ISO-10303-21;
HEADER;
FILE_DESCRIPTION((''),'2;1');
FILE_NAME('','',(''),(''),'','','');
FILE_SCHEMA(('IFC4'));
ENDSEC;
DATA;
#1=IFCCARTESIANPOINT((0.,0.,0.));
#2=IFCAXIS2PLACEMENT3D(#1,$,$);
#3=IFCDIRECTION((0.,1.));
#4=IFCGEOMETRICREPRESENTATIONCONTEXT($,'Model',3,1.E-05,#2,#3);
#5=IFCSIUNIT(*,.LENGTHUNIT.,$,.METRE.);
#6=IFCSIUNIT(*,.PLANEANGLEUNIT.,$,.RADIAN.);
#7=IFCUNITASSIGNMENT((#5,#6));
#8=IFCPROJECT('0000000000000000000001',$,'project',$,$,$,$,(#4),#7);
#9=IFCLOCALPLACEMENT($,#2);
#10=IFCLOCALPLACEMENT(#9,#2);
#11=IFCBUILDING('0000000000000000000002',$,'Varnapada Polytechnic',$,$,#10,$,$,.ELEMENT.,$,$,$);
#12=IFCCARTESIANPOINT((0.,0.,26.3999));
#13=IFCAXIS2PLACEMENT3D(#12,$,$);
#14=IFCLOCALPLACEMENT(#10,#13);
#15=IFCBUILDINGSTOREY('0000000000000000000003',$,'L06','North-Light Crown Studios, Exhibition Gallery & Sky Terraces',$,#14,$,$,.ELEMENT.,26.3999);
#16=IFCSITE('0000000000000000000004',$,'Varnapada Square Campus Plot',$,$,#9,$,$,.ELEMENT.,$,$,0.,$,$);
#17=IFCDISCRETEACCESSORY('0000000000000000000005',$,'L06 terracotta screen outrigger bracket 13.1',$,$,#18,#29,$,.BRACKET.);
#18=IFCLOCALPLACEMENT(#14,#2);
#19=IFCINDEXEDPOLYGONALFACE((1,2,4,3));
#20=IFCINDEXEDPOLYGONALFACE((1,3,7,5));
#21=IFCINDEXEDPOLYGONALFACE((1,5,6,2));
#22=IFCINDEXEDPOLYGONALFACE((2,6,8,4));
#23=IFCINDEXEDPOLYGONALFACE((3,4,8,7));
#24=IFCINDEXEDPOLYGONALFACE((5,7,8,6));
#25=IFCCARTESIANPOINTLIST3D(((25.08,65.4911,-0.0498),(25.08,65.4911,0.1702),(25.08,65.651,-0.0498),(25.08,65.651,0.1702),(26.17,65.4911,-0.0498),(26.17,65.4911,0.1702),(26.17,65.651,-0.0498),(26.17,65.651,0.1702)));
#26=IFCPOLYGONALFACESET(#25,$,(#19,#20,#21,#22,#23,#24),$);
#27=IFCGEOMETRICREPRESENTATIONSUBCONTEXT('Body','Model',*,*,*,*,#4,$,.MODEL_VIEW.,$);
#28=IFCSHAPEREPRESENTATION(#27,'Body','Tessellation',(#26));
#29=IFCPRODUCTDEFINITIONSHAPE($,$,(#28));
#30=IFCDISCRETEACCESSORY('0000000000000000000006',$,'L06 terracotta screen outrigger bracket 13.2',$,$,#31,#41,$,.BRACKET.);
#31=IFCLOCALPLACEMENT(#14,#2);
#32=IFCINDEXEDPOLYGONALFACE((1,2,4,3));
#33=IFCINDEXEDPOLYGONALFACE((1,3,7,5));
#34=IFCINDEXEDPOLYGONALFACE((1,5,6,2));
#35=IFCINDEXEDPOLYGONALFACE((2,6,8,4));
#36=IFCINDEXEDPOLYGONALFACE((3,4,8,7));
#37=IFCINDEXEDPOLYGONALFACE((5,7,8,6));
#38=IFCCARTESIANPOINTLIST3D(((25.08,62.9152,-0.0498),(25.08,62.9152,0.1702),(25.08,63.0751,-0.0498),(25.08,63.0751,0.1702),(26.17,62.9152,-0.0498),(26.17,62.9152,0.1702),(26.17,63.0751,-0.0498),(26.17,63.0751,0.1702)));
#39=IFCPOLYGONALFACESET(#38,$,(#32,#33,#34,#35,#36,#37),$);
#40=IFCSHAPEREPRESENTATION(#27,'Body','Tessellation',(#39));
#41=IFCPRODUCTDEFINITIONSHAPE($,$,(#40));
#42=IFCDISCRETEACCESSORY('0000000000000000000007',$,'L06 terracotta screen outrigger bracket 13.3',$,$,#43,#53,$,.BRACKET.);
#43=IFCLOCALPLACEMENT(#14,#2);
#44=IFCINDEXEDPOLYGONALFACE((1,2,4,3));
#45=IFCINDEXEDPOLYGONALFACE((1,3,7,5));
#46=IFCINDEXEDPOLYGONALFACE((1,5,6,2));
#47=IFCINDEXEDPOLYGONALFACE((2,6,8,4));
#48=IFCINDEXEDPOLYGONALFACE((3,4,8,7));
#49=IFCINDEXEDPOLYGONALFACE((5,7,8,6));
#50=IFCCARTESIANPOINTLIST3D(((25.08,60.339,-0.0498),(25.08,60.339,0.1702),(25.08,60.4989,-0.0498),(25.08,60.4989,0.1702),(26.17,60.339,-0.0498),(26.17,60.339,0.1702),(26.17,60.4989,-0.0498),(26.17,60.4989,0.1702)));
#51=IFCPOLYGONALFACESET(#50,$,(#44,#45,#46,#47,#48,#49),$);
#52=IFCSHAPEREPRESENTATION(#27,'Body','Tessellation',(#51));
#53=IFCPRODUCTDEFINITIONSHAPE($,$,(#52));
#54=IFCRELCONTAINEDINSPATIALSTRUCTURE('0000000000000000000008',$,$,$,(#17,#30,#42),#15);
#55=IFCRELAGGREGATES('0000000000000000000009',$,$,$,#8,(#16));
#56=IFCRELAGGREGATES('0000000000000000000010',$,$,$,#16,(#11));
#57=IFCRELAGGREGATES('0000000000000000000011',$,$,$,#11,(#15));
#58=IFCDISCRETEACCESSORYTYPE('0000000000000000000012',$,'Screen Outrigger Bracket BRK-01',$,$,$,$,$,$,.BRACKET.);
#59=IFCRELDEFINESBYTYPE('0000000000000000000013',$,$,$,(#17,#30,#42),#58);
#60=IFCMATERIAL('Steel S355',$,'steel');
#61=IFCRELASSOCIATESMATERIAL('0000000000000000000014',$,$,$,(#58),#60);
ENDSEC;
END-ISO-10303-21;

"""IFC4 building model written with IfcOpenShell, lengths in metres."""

from ifc_helpers import new_model, si_unit, direction, frame, origin, origin_2d, place, context, subcontext, project, spatial, rectangle, extrude, material, type_object, element, save


model = new_model("IFC4")

# Units and contexts
model_context = context("Model", 3, precision=1e-05, world=origin(), true_north=direction((0.0, 1.0)))
body_context = subcontext(model_context, "Body", "Model", "MODEL_VIEW")
ifc_project = project(units=[si_unit("LENGTHUNIT", "METRE"), si_unit("PLANEANGLEUNIT", "RADIAN")], contexts=[model_context])

# Site, building, storey
site_placement = place(None, origin())
site = spatial("IfcSite", under=ifc_project, at=site_placement, Name="Varnapada Square Campus Plot", CompositionType="ELEMENT", RefElevation=0.0)
building_placement = place(site_placement, origin())
building = spatial("IfcBuilding", under=site, at=building_placement, Name="Varnapada Polytechnic", CompositionType="ELEMENT")
storey_placement = place(building_placement, frame((0.0, 0.0, 26.3999)))
storey = spatial("IfcBuildingStorey", under=building, at=storey_placement, Name="L06", Description="North-Light Crown Studios, Exhibition Gallery & Sky Terraces", CompositionType="ELEMENT", Elevation=26.3999)

# Discrete accessories
ifc_material_1 = material(Name="Steel S355", Category="steel")
discrete_accessory_type = type_object("IfcDiscreteAccessoryType", Name="Screen Outrigger Bracket BRK-01", PredefinedType="BRACKET", material=ifc_material_1)
for number, where, z_axis, x_axis, name in (
    (1, (25.625, 65.571, -0.0498), (0.0, 0.0, 1.0), (0.0, -1.0, 0.0), "L06 terracotta screen outrigger bracket 13.1"),
    (2, (25.625, 62.9951, -0.0498), (0.0, 0.0, 1.0), (0.0, -1.0, 0.0), "L06 terracotta screen outrigger bracket 13.2"),
    (3, (25.625, 60.4189, -0.0498), (0.0, 0.0, 1.0), (0.0, -1.0, 0.0), "L06 terracotta screen outrigger bracket 13.3"),
):
    element("IfcDiscreteAccessory", number, at=place(storey_placement, frame(where, z_axis=z_axis, x_axis=x_axis)), inside=storey, type_object=discrete_accessory_type, Name=name, PredefinedType="BRACKET", context=body_context, shape_type="SweptSolid", body=[
        extrude(rectangle(XDim=0.1599, YDim=1.0901, at=origin_2d()), origin(), (0.0, 0.0, 1.0), 0.22),
    ])

save(model, "model.ifc")
